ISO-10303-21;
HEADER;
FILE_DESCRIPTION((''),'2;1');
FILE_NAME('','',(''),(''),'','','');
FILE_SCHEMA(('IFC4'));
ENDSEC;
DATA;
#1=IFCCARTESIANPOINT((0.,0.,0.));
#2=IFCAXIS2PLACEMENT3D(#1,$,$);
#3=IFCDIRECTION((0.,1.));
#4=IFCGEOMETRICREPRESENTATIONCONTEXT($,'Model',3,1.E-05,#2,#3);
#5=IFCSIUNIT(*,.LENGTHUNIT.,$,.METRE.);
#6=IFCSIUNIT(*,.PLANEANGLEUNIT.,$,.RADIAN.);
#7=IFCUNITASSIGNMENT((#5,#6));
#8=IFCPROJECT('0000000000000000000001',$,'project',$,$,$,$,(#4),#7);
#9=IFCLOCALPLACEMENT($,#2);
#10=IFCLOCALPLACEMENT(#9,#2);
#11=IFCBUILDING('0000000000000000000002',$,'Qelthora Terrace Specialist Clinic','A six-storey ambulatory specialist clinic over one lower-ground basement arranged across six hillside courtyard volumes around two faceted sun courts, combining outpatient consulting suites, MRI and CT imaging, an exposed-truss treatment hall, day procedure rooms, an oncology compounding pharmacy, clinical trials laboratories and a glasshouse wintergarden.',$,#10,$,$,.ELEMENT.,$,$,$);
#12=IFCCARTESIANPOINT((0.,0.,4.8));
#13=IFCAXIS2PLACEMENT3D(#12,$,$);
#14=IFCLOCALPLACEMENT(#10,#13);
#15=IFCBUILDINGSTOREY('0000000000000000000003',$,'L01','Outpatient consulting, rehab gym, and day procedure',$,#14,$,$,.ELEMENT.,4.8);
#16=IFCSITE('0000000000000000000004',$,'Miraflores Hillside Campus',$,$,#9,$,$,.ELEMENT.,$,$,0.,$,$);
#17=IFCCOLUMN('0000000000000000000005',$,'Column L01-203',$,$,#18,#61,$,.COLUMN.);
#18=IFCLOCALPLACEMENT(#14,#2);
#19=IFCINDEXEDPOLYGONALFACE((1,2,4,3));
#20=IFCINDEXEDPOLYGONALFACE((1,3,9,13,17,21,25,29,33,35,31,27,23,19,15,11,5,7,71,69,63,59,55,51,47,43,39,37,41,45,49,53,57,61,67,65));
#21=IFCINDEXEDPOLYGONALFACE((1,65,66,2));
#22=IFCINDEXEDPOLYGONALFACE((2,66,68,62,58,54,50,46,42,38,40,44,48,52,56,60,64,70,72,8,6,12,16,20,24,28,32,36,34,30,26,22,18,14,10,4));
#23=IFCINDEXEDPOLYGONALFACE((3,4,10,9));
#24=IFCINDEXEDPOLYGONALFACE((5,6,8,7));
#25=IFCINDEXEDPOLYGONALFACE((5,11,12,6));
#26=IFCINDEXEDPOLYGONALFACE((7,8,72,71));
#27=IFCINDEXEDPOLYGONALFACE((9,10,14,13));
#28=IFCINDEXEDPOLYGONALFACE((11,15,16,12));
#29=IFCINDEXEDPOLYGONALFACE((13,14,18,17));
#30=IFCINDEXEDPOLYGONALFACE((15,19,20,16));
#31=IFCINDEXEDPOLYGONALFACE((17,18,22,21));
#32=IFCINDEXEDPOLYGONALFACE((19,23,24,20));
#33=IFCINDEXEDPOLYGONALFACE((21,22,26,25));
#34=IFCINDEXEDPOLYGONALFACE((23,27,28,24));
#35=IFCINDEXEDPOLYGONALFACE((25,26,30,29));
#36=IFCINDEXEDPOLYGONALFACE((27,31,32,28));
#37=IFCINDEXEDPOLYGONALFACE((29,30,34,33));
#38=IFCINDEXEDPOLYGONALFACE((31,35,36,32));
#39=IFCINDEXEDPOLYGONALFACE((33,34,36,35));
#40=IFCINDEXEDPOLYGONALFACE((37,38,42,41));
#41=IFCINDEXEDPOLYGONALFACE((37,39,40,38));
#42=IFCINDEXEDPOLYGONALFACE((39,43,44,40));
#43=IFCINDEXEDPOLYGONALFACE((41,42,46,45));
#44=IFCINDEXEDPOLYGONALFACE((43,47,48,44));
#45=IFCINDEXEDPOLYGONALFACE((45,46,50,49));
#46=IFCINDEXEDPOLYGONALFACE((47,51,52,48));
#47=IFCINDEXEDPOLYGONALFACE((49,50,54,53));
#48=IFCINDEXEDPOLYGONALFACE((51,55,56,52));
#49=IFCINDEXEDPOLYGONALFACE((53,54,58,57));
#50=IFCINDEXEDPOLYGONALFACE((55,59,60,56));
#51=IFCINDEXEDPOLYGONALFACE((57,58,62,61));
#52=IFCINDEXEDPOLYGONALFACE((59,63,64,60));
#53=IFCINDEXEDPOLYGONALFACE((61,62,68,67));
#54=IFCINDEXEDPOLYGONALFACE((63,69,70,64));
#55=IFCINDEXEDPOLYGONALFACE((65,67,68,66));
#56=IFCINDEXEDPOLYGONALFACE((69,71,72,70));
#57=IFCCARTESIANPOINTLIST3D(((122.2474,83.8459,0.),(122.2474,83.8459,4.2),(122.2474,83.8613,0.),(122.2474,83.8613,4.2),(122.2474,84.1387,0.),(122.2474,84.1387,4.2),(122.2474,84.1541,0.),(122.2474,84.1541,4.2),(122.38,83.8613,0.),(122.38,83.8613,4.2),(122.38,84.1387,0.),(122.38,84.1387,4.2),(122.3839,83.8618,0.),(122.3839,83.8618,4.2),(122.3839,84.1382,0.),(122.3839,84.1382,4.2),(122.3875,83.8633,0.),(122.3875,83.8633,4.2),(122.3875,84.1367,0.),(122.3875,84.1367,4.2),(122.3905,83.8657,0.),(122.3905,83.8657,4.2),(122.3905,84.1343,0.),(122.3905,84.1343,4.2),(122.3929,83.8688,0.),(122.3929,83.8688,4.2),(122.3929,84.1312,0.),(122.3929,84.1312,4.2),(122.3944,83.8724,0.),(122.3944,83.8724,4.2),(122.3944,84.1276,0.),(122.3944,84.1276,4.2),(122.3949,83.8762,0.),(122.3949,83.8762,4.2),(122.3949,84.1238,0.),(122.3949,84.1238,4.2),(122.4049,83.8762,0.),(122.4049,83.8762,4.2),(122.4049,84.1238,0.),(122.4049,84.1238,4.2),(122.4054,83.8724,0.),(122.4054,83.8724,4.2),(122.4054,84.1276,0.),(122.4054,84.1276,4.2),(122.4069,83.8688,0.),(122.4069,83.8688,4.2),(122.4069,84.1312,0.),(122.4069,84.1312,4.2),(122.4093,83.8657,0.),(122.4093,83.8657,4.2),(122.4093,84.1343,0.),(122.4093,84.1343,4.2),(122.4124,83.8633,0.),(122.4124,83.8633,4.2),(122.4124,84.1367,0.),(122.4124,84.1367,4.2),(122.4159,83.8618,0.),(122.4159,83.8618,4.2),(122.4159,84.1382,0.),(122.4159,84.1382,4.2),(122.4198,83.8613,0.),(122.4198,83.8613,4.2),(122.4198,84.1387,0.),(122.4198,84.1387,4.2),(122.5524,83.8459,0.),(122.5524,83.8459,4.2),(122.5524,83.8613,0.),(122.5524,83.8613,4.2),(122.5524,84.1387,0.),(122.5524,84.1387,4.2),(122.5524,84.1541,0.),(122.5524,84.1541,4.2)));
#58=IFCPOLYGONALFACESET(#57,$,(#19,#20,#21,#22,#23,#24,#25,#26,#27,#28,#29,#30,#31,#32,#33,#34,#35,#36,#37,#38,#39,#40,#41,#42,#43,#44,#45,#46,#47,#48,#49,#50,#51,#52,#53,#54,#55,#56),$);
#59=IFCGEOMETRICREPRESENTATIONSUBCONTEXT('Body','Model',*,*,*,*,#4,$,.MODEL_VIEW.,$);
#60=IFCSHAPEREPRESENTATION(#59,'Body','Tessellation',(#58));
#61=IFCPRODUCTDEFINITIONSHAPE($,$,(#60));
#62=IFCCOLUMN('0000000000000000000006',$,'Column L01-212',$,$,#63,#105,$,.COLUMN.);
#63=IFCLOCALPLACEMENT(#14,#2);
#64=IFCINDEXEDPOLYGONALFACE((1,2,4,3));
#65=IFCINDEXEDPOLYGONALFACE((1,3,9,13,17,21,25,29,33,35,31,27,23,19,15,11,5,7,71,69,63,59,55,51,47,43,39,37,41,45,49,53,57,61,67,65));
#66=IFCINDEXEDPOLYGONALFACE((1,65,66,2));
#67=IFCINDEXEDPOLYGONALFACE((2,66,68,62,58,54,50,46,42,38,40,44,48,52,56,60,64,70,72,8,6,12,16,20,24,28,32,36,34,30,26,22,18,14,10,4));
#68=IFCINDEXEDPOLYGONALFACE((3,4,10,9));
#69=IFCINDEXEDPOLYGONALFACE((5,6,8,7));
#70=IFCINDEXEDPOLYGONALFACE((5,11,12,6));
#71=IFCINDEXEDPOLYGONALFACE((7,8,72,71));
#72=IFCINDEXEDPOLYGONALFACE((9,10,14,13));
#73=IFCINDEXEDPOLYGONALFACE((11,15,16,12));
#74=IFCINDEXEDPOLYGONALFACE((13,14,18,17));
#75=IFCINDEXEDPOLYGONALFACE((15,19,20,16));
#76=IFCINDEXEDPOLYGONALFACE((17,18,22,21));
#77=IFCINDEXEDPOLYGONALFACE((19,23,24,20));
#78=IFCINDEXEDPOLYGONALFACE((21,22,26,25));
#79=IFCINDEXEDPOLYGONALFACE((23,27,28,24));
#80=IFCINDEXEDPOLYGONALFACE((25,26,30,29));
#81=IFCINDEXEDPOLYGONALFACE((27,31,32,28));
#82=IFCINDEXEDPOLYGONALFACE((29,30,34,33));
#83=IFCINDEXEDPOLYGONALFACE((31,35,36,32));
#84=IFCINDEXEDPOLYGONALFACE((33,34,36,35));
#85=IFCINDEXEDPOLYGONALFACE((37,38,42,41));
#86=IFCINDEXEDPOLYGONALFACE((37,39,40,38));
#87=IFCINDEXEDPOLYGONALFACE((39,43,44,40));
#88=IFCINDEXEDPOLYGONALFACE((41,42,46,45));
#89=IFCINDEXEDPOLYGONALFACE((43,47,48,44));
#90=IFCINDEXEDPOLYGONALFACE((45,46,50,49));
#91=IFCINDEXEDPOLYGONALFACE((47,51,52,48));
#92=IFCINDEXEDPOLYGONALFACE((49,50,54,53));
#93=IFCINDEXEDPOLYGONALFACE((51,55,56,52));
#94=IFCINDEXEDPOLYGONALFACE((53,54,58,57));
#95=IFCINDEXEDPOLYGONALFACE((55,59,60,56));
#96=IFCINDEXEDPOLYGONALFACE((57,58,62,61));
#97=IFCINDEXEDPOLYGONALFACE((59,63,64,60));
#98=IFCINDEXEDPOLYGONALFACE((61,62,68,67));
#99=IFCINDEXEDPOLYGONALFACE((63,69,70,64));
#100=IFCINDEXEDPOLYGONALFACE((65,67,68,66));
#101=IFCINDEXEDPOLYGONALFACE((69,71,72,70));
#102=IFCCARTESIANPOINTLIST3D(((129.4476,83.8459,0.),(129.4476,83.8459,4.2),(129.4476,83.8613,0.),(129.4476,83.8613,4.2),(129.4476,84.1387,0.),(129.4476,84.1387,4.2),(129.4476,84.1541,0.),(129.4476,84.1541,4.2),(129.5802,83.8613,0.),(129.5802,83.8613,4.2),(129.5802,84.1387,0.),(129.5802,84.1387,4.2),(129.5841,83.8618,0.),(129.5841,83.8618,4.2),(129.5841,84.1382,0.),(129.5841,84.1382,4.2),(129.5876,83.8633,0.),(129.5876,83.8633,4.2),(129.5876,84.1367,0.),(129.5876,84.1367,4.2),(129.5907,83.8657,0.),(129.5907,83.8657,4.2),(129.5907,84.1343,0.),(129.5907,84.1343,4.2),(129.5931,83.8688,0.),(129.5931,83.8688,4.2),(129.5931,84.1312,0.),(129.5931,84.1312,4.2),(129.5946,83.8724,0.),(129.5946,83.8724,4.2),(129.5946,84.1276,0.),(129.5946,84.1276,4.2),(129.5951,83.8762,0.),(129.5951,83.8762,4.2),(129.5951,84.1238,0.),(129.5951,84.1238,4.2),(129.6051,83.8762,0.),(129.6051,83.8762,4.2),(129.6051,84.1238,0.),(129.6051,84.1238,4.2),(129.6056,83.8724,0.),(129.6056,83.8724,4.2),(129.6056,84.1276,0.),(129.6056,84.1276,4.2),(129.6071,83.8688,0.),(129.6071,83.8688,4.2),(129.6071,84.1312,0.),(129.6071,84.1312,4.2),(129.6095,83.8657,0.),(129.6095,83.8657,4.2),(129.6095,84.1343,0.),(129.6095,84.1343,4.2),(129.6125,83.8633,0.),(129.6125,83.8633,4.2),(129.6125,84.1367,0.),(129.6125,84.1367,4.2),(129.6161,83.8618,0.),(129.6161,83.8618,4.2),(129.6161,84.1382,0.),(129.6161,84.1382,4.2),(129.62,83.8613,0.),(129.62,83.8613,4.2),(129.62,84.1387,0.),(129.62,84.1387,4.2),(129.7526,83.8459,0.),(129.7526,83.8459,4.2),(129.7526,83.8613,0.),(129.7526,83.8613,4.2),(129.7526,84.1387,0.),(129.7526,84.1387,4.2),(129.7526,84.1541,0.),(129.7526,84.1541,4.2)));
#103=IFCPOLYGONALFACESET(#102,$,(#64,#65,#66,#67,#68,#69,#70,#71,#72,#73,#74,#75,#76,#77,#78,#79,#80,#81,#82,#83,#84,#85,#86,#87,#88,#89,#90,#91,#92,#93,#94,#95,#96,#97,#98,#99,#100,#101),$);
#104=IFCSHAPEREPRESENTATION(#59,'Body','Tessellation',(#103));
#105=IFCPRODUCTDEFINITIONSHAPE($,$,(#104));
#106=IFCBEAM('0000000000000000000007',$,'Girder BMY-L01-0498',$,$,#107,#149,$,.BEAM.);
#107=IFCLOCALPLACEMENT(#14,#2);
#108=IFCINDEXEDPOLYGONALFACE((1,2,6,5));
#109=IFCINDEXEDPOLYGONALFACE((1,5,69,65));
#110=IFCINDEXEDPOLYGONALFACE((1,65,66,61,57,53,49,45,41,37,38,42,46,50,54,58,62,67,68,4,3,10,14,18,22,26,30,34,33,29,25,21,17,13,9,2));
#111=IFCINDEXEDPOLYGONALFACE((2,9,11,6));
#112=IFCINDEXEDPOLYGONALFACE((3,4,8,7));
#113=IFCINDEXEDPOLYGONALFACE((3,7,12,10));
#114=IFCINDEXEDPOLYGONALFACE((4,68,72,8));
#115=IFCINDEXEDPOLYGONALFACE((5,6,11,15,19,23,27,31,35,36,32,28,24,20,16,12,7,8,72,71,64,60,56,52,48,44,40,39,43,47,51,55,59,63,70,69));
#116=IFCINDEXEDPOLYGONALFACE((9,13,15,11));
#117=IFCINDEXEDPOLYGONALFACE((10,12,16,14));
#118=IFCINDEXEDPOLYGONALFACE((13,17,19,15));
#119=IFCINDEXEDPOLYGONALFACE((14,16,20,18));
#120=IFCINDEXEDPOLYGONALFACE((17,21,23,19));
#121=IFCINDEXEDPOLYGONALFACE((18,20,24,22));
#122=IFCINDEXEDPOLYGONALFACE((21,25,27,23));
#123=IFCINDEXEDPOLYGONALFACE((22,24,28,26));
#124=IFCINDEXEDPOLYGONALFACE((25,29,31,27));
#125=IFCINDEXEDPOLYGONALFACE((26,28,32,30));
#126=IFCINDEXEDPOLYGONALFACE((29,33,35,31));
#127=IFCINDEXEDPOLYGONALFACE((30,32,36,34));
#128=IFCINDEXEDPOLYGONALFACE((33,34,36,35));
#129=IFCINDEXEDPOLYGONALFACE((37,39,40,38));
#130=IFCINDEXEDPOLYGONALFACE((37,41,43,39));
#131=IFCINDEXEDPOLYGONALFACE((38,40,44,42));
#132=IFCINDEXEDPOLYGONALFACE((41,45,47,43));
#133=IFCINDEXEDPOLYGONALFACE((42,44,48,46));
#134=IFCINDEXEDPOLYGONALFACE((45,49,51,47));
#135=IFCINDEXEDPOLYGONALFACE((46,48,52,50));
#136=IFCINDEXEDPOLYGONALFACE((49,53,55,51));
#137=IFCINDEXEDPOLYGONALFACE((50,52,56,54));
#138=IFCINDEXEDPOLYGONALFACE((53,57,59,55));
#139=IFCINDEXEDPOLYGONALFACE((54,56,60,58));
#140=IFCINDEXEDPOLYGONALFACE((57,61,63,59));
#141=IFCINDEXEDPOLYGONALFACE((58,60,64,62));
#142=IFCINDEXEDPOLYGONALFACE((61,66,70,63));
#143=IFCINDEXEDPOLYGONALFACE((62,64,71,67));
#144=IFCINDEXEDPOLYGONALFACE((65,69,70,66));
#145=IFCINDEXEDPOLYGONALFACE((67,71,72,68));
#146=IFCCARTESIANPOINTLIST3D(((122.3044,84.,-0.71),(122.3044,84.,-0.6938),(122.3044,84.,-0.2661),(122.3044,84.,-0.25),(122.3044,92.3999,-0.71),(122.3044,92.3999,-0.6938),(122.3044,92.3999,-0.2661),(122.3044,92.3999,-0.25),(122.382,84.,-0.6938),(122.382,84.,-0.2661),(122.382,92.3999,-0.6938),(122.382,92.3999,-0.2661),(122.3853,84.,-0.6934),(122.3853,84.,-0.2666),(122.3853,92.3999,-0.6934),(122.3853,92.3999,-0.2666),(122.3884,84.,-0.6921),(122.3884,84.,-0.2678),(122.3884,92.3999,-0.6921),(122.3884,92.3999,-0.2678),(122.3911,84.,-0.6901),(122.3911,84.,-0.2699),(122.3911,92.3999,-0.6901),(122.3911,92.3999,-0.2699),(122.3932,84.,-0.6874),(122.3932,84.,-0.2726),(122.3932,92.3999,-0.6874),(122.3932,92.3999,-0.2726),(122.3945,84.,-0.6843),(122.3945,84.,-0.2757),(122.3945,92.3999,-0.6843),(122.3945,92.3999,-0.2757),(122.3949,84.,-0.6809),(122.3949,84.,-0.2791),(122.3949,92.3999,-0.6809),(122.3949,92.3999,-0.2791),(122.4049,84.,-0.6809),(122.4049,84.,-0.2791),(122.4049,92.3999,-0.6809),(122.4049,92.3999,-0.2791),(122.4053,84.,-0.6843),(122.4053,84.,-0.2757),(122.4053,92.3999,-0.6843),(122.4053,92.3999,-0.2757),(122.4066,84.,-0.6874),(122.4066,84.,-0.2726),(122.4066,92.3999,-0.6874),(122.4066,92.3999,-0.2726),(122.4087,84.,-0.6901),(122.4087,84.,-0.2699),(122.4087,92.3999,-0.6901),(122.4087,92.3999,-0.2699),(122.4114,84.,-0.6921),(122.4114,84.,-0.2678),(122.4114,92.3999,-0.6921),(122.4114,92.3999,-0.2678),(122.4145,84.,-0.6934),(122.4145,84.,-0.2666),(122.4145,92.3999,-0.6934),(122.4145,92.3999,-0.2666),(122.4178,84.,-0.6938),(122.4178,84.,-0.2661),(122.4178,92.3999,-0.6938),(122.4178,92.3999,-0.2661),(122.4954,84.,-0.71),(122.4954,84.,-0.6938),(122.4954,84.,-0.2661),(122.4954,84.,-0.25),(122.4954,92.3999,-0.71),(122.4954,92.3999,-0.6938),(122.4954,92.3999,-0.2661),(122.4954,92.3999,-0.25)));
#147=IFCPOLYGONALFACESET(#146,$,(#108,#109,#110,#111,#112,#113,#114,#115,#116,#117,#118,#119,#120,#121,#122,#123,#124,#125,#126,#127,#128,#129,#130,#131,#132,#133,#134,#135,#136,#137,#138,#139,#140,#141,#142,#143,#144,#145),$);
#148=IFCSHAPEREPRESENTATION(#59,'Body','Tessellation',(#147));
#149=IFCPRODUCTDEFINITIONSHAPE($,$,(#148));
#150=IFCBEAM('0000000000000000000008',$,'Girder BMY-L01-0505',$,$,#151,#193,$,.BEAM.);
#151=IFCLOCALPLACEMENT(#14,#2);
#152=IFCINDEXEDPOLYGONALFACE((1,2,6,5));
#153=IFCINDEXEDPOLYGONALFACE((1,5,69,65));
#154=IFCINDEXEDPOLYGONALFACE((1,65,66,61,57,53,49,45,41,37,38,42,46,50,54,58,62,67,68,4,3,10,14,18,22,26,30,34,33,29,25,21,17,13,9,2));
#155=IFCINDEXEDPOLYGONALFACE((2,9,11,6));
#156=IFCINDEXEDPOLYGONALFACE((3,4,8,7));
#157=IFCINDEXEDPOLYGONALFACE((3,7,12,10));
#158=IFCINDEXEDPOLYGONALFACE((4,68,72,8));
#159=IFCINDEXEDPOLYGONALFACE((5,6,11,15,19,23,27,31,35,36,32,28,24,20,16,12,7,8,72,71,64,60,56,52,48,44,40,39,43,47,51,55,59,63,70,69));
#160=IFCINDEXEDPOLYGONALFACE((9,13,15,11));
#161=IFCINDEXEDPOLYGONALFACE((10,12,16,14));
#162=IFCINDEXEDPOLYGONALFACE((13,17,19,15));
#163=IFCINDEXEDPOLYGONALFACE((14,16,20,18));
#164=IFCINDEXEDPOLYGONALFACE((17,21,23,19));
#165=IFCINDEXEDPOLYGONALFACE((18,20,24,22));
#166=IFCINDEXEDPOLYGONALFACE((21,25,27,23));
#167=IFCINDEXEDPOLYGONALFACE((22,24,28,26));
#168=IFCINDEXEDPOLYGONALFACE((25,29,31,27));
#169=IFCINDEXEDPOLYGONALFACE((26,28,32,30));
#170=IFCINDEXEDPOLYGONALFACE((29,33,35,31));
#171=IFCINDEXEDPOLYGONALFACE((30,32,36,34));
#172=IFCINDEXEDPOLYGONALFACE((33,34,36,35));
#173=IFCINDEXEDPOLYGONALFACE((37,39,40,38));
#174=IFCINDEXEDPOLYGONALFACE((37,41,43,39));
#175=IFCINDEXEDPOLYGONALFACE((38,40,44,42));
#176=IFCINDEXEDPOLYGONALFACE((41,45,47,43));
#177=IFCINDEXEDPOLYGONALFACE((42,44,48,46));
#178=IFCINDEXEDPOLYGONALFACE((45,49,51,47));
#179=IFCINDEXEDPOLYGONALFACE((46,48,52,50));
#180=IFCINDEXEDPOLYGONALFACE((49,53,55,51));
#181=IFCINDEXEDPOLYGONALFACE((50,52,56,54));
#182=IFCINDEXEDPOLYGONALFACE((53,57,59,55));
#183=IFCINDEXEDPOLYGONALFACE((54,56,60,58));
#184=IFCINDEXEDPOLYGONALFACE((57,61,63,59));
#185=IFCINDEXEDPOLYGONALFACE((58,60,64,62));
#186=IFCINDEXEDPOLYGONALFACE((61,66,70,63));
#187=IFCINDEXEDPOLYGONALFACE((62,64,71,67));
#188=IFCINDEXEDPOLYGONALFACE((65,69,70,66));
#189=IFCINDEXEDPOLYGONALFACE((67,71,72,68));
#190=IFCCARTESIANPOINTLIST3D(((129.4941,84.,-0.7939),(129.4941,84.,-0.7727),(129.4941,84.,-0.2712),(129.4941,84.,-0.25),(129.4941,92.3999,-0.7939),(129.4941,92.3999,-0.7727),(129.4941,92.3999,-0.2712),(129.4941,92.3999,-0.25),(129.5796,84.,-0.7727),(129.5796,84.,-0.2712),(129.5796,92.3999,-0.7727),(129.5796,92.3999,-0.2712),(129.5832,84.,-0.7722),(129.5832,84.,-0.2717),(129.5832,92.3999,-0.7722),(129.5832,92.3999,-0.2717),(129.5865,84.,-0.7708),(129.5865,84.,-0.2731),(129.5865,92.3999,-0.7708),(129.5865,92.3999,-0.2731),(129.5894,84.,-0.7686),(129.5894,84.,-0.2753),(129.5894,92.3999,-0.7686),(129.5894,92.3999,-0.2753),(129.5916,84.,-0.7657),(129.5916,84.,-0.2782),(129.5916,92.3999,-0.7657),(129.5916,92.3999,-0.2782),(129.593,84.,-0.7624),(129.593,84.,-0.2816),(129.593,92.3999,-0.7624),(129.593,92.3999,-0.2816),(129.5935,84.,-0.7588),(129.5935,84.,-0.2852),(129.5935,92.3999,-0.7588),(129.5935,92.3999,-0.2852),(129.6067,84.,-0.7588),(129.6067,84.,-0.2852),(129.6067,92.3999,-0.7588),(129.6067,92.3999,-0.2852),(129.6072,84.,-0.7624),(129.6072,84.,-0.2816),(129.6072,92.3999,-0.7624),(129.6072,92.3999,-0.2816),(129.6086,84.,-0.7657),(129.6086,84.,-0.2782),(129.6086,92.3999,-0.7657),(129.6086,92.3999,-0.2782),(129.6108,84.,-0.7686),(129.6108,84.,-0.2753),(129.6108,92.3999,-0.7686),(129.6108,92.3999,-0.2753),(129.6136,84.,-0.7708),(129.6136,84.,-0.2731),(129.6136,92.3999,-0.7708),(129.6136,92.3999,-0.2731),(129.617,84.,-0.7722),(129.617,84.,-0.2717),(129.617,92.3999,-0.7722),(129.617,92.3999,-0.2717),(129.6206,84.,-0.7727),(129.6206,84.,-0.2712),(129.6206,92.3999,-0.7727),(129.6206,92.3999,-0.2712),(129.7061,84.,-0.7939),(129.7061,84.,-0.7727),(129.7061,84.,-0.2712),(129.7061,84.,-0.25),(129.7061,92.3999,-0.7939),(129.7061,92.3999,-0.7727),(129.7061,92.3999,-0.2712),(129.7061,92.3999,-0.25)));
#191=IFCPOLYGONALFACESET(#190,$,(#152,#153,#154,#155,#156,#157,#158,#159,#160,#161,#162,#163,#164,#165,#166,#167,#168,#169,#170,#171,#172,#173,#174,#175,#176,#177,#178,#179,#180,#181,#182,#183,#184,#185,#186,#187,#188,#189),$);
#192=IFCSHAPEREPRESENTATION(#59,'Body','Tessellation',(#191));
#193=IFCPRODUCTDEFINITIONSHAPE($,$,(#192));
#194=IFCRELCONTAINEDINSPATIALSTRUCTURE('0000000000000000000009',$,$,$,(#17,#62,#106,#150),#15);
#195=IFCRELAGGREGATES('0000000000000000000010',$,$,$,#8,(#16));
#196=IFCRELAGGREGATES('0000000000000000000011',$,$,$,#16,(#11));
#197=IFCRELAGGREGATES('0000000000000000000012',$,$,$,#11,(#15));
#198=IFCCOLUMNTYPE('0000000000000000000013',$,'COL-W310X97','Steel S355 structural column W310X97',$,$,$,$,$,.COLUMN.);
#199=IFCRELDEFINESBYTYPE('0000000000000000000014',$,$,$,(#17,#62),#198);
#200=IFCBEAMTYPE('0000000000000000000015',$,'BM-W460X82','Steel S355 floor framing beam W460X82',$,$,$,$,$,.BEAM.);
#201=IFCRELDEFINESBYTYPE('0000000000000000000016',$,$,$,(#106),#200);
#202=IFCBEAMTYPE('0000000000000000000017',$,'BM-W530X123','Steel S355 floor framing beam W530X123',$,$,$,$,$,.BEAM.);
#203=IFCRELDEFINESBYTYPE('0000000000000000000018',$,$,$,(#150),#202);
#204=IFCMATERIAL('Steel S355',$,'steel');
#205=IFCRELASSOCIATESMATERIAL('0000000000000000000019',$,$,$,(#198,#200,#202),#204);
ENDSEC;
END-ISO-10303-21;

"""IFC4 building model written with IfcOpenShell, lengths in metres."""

from ifc_helpers import new_model, si_unit, direction, frame, origin, origin_2d, place, context, subcontext, project, spatial, i_section, extrude, material, material_profile, profile_set, type_object, element, save


model = new_model("IFC4")

# Units and contexts
model_context = context("Model", 3, precision=1e-05, world=origin(), true_north=direction((0.0, 1.0)))
body_context = subcontext(model_context, "Body", "Model", "MODEL_VIEW")
ifc_project = project(units=[si_unit("LENGTHUNIT", "METRE"), si_unit("PLANEANGLEUNIT", "RADIAN")], contexts=[model_context])

# Site, building, storey
site_placement = place(None, origin())
site = spatial("IfcSite", under=ifc_project, at=site_placement, Name="Miraflores Hillside Campus", CompositionType="ELEMENT", RefElevation=0.0)
building_placement = place(site_placement, origin())
building = spatial("IfcBuilding", under=site, at=building_placement, Name="Qelthora Terrace Specialist Clinic", Description="A six-storey ambulatory specialist clinic over one lower-ground basement arranged across six hillside courtyard volumes around two faceted sun courts, combining outpatient consulting suites, MRI and CT imaging, an exposed-truss treatment hall, day procedure rooms, an oncology compounding pharmacy, clinical trials laboratories and a glasshouse wintergarden.", CompositionType="ELEMENT")
storey_placement = place(building_placement, frame((0.0, 0.0, 4.8)))
storey = spatial("IfcBuildingStorey", under=building, at=storey_placement, Name="L01", Description="Outpatient consulting, rehab gym, and day procedure", CompositionType="ELEMENT", Elevation=4.8)

# Columns
ifc_material_1 = material(Name="Steel S355", Category="steel")
ifc_material_profile_1 = material_profile(ifc_material_1, i_section(OverallWidth=0.3049, OverallDepth=0.3081, WebThickness=0.01, FlangeThickness=0.0154, FilletRadius=0.0149, at=origin_2d()), Name="W310X97")
ifc_profile_set_1 = profile_set([ifc_material_profile_1], Name="Steel S355")
column_type = type_object("IfcColumnType", Name="COL-W310X97", Description="Steel S355 structural column W310X97", PredefinedType="COLUMN", material=ifc_profile_set_1)
for number, where, z_axis, x_axis, name in (
    (1, (122.3999, 84.0, 0.0), (0.0, 0.0, 1.0), (1.0, 0.0, 0.0), "Column L01-203"),
    (2, (129.6001, 84.0, 0.0), (0.0, 0.0, 1.0), (1.0, 0.0, 0.0), "Column L01-212"),
):
    element("IfcColumn", number, at=place(storey_placement, frame(where, z_axis=z_axis, x_axis=x_axis)), inside=storey, type_object=column_type, Name=name, PredefinedType="COLUMN", context=body_context, shape_type="SweptSolid", body=[
        extrude(i_section(OverallWidth=0.3049, OverallDepth=0.3081, WebThickness=0.01, FlangeThickness=0.0154, FilletRadius=0.0149, at=origin_2d()), origin(), (0.0, 0.0, 1.0), 4.2),
    ])

# Beams
ifc_material_profile_2 = material_profile(ifc_material_1, i_section(OverallWidth=0.1909, OverallDepth=0.46, WebThickness=0.01, FlangeThickness=0.0161, FilletRadius=0.0129, at=origin_2d()), Name="W460X82")
ifc_profile_set_2 = profile_set([ifc_material_profile_2], Name="Steel S355")
beam_type_1 = type_object("IfcBeamType", Name="BM-W460X82", Description="Steel S355 floor framing beam W460X82", PredefinedType="BEAM", material=ifc_profile_set_2)
beam_1_placement = place(storey_placement, frame((122.3999, 84.0, -0.48), z_axis=(0.0, 1.0, 0.0), x_axis=(-1.0, 0.0, 0.0)))
element("IfcBeam", 3, at=beam_1_placement, inside=storey, type_object=beam_type_1, Name="Girder BMY-L01-0498", PredefinedType="BEAM", context=body_context, shape_type="SweptSolid", body=[
    extrude(i_section(OverallWidth=0.1909, OverallDepth=0.46, WebThickness=0.01, FlangeThickness=0.0161, FilletRadius=0.0129, at=origin_2d()), origin(), (0.0, 0.0, 1.0), 8.3999),
])
ifc_material_profile_3 = material_profile(ifc_material_1, i_section(OverallWidth=0.2119, OverallDepth=0.5439, WebThickness=0.0132, FlangeThickness=0.0212, FilletRadius=0.0139, at=origin_2d()), Name="W530X123")
ifc_profile_set_3 = profile_set([ifc_material_profile_3], Name="Steel S355")
beam_type_2 = type_object("IfcBeamType", Name="BM-W530X123", Description="Steel S355 floor framing beam W530X123", PredefinedType="BEAM", material=ifc_profile_set_3)
beam_2_placement = place(storey_placement, frame((129.6001, 84.0, -0.522), z_axis=(0.0, 1.0, 0.0), x_axis=(-1.0, 0.0, 0.0)))
element("IfcBeam", 4, at=beam_2_placement, inside=storey, type_object=beam_type_2, Name="Girder BMY-L01-0505", PredefinedType="BEAM", context=body_context, shape_type="SweptSolid", body=[
    extrude(i_section(OverallWidth=0.2119, OverallDepth=0.5439, WebThickness=0.0132, FlangeThickness=0.0212, FilletRadius=0.0139, at=origin_2d()), origin(), (0.0, 0.0, 1.0), 8.3999),
])

save(model, "model.ifc")
